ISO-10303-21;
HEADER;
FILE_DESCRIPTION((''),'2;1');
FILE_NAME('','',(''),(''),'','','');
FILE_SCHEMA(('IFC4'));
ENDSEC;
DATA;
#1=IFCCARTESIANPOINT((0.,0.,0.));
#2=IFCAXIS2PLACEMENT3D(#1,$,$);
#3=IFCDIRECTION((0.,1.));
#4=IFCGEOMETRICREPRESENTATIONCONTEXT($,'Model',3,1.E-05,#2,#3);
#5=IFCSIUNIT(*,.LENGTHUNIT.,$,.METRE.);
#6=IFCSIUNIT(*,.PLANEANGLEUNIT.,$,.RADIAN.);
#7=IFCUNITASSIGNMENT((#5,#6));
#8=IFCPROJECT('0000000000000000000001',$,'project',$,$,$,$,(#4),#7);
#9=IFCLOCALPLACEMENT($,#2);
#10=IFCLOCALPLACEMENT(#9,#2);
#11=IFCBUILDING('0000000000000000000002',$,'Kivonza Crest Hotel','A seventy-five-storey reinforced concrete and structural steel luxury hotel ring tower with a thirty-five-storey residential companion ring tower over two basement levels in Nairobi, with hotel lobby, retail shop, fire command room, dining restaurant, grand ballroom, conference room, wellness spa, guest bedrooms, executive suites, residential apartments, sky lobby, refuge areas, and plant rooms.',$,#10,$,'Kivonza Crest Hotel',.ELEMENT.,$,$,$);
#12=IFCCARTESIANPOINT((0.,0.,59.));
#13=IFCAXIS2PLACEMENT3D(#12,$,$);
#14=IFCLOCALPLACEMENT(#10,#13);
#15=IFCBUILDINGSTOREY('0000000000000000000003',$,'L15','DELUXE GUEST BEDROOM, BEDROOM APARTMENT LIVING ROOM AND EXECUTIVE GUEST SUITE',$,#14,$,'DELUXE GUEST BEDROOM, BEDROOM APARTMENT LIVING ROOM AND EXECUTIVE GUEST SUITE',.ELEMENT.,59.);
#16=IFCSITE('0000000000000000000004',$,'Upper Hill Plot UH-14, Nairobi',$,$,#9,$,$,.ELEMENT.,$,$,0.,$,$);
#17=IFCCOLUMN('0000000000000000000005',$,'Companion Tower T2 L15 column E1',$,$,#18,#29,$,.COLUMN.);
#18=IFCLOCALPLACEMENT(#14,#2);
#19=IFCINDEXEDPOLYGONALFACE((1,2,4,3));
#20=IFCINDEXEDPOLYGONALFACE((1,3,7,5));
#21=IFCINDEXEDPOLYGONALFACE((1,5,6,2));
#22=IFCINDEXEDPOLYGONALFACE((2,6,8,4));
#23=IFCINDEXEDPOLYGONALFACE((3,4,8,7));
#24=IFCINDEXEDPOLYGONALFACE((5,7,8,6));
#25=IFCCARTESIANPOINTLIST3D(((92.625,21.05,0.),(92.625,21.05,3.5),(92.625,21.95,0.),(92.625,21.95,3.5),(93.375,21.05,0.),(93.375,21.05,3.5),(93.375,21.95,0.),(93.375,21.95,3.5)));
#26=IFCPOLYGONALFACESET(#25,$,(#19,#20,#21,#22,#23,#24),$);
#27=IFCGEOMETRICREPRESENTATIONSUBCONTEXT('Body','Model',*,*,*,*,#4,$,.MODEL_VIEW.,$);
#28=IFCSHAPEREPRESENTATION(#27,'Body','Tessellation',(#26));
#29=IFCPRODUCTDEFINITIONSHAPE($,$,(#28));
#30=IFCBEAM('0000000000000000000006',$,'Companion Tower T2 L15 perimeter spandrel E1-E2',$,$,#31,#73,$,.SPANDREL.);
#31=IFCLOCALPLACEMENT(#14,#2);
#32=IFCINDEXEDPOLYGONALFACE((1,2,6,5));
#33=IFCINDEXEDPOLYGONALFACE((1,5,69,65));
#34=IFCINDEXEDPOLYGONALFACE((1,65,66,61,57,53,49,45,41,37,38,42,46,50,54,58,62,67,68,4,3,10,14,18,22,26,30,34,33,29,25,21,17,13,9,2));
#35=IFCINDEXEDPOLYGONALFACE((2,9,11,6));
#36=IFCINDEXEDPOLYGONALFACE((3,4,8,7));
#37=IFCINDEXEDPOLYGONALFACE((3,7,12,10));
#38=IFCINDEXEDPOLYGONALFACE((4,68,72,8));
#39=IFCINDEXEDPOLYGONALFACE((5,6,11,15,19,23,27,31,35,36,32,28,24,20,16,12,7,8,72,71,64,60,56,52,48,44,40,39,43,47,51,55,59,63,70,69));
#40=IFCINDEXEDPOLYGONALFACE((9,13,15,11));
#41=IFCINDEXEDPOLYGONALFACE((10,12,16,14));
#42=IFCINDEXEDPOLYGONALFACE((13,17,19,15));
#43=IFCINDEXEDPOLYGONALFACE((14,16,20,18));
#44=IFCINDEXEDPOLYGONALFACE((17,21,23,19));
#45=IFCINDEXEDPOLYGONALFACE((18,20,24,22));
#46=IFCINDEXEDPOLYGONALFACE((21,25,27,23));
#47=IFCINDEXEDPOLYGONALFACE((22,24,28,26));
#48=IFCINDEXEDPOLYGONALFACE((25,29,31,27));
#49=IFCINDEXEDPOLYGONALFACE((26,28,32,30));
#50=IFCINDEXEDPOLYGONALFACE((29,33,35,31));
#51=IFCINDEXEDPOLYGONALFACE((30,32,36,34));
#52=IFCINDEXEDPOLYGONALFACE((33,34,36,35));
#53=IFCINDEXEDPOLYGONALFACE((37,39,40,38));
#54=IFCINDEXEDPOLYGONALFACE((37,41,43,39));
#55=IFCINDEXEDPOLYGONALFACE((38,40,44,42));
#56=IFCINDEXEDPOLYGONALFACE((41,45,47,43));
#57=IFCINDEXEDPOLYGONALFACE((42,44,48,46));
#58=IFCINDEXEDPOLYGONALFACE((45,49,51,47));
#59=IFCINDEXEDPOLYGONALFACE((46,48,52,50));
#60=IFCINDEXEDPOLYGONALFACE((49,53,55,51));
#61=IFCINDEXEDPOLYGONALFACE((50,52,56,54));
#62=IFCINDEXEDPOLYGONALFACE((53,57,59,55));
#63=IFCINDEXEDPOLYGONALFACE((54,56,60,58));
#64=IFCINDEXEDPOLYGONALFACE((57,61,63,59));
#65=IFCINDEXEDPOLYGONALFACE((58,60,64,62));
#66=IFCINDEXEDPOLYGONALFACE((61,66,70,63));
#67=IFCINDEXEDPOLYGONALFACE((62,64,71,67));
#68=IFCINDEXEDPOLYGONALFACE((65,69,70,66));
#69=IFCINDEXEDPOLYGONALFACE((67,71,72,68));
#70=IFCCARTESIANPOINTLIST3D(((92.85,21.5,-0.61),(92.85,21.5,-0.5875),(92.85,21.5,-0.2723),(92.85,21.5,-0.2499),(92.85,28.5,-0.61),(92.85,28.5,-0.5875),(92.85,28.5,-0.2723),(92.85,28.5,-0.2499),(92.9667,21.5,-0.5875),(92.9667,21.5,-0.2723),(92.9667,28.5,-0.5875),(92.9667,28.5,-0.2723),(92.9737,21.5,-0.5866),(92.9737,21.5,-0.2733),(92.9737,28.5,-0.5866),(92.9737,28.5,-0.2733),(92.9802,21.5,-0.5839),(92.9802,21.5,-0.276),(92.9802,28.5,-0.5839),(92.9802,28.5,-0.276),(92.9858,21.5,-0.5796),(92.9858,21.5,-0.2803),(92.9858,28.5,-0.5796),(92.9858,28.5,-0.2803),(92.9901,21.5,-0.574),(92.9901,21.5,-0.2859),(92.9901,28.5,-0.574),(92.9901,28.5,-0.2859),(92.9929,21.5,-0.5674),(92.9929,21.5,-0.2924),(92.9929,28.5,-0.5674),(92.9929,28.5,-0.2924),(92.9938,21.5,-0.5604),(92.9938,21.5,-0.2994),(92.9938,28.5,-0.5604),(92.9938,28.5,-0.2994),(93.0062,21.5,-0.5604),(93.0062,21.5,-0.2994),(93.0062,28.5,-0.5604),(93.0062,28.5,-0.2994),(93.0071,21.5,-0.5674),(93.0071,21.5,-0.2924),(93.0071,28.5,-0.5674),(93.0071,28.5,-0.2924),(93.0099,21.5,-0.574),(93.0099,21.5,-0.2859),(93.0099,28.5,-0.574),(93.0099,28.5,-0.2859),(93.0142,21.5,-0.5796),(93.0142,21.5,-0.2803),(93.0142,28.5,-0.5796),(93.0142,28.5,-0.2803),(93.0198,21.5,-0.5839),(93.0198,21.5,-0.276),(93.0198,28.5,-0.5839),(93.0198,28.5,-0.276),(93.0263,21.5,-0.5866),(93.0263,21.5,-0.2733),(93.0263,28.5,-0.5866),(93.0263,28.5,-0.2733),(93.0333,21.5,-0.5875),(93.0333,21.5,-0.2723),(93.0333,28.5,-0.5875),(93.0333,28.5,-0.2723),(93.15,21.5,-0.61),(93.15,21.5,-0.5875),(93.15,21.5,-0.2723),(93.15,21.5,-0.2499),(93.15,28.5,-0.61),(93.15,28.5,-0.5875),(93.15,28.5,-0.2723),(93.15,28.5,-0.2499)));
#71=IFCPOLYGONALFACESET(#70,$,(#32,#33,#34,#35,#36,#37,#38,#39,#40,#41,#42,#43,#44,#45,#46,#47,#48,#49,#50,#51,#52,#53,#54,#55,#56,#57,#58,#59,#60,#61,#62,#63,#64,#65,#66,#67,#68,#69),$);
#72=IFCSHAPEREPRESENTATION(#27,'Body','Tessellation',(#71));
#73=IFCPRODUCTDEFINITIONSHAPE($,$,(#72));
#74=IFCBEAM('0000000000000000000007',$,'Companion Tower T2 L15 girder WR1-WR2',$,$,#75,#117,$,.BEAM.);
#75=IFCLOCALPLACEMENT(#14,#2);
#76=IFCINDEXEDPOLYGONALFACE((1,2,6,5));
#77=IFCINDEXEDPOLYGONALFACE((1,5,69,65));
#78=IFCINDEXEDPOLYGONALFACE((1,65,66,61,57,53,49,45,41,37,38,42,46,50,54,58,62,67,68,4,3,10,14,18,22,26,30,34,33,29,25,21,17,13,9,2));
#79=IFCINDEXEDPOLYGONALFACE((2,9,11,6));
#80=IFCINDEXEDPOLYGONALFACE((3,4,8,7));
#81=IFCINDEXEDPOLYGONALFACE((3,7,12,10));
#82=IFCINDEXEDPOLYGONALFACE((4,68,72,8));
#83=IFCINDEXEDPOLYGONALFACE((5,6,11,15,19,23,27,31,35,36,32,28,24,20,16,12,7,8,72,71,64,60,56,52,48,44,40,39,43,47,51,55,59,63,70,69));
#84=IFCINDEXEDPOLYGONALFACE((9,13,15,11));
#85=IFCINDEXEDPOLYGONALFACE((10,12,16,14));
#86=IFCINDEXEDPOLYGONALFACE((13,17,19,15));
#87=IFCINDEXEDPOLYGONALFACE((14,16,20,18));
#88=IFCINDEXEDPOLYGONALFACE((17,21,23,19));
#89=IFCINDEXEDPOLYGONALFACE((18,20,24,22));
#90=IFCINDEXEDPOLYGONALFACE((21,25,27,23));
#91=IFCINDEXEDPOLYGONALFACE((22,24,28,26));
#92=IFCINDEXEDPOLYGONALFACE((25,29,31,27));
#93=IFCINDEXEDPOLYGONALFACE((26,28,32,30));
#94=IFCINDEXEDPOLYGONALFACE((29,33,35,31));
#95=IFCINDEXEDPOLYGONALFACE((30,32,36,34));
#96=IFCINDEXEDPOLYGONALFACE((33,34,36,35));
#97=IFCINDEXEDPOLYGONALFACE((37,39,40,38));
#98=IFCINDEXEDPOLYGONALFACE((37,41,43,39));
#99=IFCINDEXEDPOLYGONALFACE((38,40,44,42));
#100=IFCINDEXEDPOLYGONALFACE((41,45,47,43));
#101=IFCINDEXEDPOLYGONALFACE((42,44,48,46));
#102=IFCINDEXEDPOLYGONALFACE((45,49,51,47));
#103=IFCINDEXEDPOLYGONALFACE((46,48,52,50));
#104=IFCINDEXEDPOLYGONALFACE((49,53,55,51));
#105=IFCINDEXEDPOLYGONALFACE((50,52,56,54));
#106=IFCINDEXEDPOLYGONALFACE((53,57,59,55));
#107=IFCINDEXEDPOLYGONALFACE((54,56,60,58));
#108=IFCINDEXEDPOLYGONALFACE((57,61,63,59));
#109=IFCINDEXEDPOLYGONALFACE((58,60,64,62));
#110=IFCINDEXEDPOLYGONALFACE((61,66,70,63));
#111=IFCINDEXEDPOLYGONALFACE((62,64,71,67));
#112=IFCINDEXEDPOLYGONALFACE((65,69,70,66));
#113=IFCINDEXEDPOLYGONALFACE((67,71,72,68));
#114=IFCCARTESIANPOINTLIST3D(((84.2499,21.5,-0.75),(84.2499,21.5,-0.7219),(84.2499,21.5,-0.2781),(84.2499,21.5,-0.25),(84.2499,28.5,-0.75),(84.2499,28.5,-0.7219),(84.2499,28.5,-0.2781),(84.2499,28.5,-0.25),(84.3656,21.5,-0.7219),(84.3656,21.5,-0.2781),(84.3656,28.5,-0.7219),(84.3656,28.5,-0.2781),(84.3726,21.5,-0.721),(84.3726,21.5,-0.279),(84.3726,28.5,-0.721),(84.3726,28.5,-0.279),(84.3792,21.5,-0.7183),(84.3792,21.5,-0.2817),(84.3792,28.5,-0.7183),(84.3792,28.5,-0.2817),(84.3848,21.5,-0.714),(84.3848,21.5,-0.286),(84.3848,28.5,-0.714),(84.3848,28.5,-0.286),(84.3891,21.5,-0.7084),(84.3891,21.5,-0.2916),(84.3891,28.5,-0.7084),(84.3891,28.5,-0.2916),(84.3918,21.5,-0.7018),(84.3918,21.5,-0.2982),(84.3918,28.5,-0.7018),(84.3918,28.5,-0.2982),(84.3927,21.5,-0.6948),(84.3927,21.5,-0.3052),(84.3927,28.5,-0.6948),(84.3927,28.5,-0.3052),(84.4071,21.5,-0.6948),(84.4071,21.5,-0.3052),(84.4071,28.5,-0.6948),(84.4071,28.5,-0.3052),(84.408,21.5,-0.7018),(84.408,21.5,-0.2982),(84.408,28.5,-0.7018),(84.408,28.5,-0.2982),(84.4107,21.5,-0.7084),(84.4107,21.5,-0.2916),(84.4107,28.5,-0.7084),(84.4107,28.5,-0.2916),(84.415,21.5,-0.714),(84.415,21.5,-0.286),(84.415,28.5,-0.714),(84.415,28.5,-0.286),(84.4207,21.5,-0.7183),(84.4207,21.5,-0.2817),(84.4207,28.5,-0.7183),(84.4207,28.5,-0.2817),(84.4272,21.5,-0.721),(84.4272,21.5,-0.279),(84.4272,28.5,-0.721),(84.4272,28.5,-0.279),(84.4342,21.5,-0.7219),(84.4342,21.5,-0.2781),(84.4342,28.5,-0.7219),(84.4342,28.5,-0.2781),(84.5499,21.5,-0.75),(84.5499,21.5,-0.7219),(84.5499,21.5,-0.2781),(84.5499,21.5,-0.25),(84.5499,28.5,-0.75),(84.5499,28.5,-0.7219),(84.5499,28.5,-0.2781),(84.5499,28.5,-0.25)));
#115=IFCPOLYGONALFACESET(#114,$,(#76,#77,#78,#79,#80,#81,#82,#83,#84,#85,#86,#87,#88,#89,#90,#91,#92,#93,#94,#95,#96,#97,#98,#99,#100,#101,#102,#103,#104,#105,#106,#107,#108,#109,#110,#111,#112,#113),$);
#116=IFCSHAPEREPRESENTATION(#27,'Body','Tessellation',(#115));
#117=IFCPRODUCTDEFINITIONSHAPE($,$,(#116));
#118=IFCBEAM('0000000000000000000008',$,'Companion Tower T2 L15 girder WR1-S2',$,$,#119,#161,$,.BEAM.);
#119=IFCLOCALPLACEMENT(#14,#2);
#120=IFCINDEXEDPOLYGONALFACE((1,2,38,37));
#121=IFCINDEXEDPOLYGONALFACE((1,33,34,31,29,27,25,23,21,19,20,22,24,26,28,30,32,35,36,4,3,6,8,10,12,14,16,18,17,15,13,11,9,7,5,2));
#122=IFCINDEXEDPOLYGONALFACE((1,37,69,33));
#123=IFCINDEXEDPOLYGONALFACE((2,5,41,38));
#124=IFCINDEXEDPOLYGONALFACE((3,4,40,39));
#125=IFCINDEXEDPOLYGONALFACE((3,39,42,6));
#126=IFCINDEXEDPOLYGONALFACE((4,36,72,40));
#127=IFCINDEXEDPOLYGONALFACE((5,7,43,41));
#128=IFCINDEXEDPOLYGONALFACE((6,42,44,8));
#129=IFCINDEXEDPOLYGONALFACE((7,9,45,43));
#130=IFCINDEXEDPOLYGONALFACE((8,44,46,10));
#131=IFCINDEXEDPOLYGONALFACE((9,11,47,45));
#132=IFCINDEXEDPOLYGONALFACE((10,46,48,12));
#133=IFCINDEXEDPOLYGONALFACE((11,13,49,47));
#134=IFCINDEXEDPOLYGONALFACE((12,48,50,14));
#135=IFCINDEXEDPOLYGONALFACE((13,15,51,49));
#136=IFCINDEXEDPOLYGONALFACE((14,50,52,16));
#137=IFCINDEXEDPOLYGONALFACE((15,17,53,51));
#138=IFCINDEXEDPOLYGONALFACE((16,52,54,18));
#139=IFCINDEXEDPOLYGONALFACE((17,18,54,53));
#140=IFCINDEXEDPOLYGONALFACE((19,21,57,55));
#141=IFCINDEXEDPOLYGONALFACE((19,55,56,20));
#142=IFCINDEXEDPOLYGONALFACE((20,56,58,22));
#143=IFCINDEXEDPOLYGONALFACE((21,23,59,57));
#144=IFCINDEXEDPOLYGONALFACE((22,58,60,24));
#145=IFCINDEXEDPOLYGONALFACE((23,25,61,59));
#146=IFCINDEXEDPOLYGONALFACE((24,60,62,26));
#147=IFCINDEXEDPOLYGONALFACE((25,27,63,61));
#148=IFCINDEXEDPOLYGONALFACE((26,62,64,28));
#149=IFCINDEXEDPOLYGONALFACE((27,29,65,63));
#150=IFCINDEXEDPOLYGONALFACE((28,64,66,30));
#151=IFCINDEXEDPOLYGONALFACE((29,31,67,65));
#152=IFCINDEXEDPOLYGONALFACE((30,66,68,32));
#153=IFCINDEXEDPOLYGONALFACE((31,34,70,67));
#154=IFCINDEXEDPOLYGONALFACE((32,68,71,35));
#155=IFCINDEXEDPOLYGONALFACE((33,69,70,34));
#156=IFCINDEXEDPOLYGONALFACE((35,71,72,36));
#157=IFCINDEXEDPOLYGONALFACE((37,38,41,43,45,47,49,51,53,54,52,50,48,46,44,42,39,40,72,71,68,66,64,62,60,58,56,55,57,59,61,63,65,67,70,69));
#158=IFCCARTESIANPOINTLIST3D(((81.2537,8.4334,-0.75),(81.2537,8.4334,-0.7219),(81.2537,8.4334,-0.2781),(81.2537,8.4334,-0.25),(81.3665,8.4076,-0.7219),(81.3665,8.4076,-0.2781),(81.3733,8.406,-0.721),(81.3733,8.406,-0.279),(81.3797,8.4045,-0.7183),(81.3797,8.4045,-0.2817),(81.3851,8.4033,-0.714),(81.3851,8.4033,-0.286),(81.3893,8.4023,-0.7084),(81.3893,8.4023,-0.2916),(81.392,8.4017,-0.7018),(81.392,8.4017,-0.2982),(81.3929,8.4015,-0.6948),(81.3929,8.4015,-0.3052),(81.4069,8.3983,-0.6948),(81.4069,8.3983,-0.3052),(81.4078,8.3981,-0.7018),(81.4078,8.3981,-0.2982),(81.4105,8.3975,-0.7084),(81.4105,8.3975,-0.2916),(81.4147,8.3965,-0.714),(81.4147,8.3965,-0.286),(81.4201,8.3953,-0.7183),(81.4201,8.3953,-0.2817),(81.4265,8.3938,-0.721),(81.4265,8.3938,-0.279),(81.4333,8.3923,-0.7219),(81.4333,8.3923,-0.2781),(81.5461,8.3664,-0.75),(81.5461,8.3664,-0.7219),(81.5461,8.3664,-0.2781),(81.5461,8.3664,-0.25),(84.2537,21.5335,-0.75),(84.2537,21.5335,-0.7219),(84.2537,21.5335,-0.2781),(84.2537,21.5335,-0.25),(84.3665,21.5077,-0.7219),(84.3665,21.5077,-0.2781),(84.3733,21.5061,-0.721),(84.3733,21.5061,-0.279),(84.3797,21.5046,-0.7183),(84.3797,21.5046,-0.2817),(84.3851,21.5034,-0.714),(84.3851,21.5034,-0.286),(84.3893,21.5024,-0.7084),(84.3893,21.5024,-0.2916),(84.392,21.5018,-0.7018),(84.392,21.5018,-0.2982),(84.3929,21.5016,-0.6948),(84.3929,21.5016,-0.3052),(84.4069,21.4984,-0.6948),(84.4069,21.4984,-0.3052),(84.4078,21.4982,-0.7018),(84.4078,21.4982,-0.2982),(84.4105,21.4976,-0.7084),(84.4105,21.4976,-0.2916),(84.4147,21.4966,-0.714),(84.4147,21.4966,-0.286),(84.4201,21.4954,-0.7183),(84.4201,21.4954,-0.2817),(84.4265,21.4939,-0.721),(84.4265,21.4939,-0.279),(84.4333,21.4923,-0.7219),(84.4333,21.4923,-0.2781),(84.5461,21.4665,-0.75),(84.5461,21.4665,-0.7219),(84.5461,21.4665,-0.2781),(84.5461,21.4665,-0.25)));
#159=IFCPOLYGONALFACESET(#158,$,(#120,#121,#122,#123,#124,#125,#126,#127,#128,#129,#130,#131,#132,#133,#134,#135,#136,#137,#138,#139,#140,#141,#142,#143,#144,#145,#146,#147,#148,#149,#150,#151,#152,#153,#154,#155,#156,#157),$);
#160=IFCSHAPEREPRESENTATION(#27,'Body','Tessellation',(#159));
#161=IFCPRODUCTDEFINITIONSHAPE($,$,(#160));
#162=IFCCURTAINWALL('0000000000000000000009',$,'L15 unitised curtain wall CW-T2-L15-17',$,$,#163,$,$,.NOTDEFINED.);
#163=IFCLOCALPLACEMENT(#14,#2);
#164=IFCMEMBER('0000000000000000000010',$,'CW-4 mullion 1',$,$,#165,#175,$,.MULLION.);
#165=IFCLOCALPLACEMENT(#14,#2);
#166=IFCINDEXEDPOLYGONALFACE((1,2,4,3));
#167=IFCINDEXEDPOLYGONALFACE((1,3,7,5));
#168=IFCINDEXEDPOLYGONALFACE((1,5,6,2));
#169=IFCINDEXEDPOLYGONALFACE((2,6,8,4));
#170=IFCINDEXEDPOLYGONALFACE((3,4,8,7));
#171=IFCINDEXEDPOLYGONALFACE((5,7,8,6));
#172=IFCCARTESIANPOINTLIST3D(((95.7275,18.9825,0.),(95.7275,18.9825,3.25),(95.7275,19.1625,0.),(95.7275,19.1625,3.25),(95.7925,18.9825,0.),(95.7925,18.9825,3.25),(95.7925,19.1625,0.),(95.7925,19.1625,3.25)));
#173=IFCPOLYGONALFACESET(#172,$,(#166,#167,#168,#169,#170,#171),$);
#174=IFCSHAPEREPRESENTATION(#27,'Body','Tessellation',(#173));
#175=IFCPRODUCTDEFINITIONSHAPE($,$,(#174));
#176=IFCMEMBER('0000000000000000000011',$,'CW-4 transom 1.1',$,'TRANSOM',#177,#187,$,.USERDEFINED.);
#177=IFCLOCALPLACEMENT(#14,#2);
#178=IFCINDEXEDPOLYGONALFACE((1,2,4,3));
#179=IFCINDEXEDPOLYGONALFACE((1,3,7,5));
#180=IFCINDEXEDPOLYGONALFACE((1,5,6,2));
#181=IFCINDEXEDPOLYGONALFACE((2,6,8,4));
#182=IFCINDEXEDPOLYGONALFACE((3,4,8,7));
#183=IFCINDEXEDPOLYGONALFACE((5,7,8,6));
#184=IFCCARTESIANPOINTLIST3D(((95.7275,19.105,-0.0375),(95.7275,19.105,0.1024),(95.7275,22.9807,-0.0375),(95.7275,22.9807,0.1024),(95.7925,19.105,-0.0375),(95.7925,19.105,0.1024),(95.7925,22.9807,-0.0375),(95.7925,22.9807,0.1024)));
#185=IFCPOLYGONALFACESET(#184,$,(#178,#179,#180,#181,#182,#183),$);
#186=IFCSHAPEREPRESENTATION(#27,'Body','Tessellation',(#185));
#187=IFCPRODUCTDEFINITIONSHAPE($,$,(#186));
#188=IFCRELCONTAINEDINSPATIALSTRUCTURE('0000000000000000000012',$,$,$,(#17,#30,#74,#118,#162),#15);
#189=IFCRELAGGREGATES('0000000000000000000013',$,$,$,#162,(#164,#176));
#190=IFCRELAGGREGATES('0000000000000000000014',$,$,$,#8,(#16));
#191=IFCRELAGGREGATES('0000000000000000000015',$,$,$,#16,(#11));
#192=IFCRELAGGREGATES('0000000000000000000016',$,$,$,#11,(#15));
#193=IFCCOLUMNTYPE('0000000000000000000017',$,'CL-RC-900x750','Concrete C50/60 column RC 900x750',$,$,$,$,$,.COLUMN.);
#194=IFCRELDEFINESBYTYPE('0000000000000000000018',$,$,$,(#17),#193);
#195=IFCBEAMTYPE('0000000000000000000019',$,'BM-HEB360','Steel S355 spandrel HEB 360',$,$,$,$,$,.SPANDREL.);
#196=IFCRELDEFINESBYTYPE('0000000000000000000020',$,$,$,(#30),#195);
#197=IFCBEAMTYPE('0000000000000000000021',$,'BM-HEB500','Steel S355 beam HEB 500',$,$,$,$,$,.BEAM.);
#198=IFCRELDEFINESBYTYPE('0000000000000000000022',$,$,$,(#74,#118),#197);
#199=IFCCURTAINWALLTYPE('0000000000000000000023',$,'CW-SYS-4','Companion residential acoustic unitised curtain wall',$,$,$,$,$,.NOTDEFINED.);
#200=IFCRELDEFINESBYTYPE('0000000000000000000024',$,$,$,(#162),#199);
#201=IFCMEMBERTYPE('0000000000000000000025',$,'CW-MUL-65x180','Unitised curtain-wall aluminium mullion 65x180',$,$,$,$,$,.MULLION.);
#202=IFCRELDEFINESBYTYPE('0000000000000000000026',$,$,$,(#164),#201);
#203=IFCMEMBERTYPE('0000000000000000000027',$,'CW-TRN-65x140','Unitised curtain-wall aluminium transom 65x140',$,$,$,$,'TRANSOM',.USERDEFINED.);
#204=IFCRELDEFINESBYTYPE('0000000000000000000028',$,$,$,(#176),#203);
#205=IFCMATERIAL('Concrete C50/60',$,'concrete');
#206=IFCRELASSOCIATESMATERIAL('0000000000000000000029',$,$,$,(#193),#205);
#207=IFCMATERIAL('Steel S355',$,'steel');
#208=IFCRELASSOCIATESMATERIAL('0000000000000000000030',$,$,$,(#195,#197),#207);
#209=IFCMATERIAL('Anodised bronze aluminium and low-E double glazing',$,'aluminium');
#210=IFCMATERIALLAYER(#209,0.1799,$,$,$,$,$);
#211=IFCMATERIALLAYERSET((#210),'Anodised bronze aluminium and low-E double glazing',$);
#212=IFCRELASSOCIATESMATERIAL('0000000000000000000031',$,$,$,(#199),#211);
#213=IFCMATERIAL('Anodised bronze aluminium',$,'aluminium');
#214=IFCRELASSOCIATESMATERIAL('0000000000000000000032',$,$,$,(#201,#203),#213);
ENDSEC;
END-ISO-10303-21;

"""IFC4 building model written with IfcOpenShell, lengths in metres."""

from ifc_helpers import new_model, si_unit, direction, frame, origin, origin_2d, place, context, subcontext, project, spatial, rectangle, i_section, extrude, material, layer, layer_set, material_profile, profile_set, type_object, element, aggregate, save


model = new_model("IFC4")

# Units and contexts
model_context = context("Model", 3, precision=1e-05, world=origin(), true_north=direction((0.0, 1.0)))
body_context = subcontext(model_context, "Body", "Model", "MODEL_VIEW")
ifc_project = project(units=[si_unit("LENGTHUNIT", "METRE"), si_unit("PLANEANGLEUNIT", "RADIAN")], contexts=[model_context])

# Site, building, storey
site_placement = place(None, origin())
site = spatial("IfcSite", under=ifc_project, at=site_placement, Name="Upper Hill Plot UH-14, Nairobi", CompositionType="ELEMENT", RefElevation=0.0)
building_placement = place(site_placement, origin())
building = spatial("IfcBuilding", under=site, at=building_placement, Name="Kivonza Crest Hotel", Description="A seventy-five-storey reinforced concrete and structural steel luxury hotel ring tower with a thirty-five-storey residential companion ring tower over two basement levels in Nairobi, with hotel lobby, retail shop, fire command room, dining restaurant, grand ballroom, conference room, wellness spa, guest bedrooms, executive suites, residential apartments, sky lobby, refuge areas, and plant rooms.", LongName="Kivonza Crest Hotel", CompositionType="ELEMENT")
storey_placement = place(building_placement, frame((0.0, 0.0, 59.0)))
storey = spatial("IfcBuildingStorey", under=building, at=storey_placement, Name="L15", Description="DELUXE GUEST BEDROOM, BEDROOM APARTMENT LIVING ROOM AND EXECUTIVE GUEST SUITE", LongName="DELUXE GUEST BEDROOM, BEDROOM APARTMENT LIVING ROOM AND EXECUTIVE GUEST SUITE", CompositionType="ELEMENT", Elevation=59.0)

# Column
ifc_material_1 = material(Name="Concrete C50/60", Category="concrete")
ifc_material_profile_1 = material_profile(ifc_material_1, rectangle(XDim=0.75, YDim=0.8999, at=origin_2d()), Name="RC 900x750")
ifc_profile_set_1 = profile_set([ifc_material_profile_1], Name="Concrete C50/60")
column_type = type_object("IfcColumnType", Name="CL-RC-900x750", Description="Concrete C50/60 column RC 900x750", PredefinedType="COLUMN", material=ifc_profile_set_1)
column_placement = place(storey_placement, frame((93.0, 21.5, 0.0), z_axis=(0.0, 0.0, 1.0), x_axis=(1.0, 0.0, 0.0)))
element("IfcColumn", 1, at=column_placement, inside=storey, type_object=column_type, Name="Companion Tower T2 L15 column E1", PredefinedType="COLUMN", context=body_context, shape_type="SweptSolid", body=[
    extrude(rectangle(XDim=0.75, YDim=0.8999, at=origin_2d()), origin(), (0.0, 0.0, 1.0), 3.5),
])

# Beams
ifc_material_2 = material(Name="Steel S355", Category="steel")
ifc_material_profile_2 = material_profile(ifc_material_2, i_section(OverallWidth=0.3, OverallDepth=0.3601, WebThickness=0.0125, FlangeThickness=0.0225, FilletRadius=0.0271, at=origin_2d()), Name="HEB 360")
ifc_profile_set_2 = profile_set([ifc_material_profile_2], Name="Steel S355")
beam_type_1 = type_object("IfcBeamType", Name="BM-HEB360", Description="Steel S355 spandrel HEB 360", PredefinedType="SPANDREL", material=ifc_profile_set_2)
beam_1_placement = place(storey_placement, frame((93.0, 21.5, -0.4299), z_axis=(0.0, 1.0, 0.0), x_axis=(-1.0, 0.0, 0.0)))
element("IfcBeam", 2, at=beam_1_placement, inside=storey, type_object=beam_type_1, Name="Companion Tower T2 L15 perimeter spandrel E1-E2", PredefinedType="SPANDREL", context=body_context, shape_type="SweptSolid", body=[
    extrude(i_section(OverallWidth=0.3, OverallDepth=0.3601, WebThickness=0.0125, FlangeThickness=0.0225, FilletRadius=0.0271, at=origin_2d()), origin(), (0.0, 0.0, 1.0), 7.0),
])
ifc_material_profile_3 = material_profile(ifc_material_2, i_section(OverallWidth=0.3, OverallDepth=0.5, WebThickness=0.0144, FlangeThickness=0.0281, FilletRadius=0.0271, at=origin_2d()), Name="HEB 500")
ifc_profile_set_3 = profile_set([ifc_material_profile_3], Name="Steel S355")
beam_type_2 = type_object("IfcBeamType", Name="BM-HEB500", Description="Steel S355 beam HEB 500", PredefinedType="BEAM", material=ifc_profile_set_3)
beam_2_placement = place(storey_placement, frame((84.3999, 21.5, -0.5), z_axis=(0.0, 1.0, 0.0), x_axis=(-1.0, 0.0, 0.0)))
element("IfcBeam", 3, at=beam_2_placement, inside=storey, type_object=beam_type_2, Name="Companion Tower T2 L15 girder WR1-WR2", PredefinedType="BEAM", context=body_context, shape_type="SweptSolid", body=[
    extrude(i_section(OverallWidth=0.3, OverallDepth=0.5, WebThickness=0.0144, FlangeThickness=0.0281, FilletRadius=0.0271, at=origin_2d()), origin(), (0.0, 0.0, 1.0), 7.0),
])
beam_3_placement = place(storey_placement, frame((84.3999, 21.5, -0.5), z_axis=(-0.223227, -0.974766, 0.0), x_axis=(0.974766, -0.223227, 0.0)))
element("IfcBeam", 4, at=beam_3_placement, inside=storey, type_object=beam_type_2, Name="Companion Tower T2 L15 girder WR1-S2", PredefinedType="BEAM", context=body_context, shape_type="SweptSolid", body=[
    extrude(i_section(OverallWidth=0.3, OverallDepth=0.5, WebThickness=0.0144, FlangeThickness=0.0281, FilletRadius=0.0271, at=origin_2d()), origin(), (0.0, 0.0, 1.0), 13.4392),
])

# Curtain wall, members
ifc_material_3 = material(Name="Anodised bronze aluminium and low-E double glazing", Category="aluminium")
ifc_layer_1 = layer(ifc_material_3, 0.1799)
ifc_layer_set_1 = layer_set([ifc_layer_1], Name="Anodised bronze aluminium and low-E double glazing")
curtain_wall_type = type_object("IfcCurtainWallType", Name="CW-SYS-4", Description="Companion residential acoustic unitised curtain wall", PredefinedType="NOTDEFINED", material=ifc_layer_set_1)
curtain_wall_placement = place(storey_placement, origin())
curtain_wall = element("IfcCurtainWall", 5, at=curtain_wall_placement, inside=storey, type_object=curtain_wall_type, Name="L15 unitised curtain wall CW-T2-L15-17", PredefinedType="NOTDEFINED")
ifc_material_4 = material(Name="Anodised bronze aluminium", Category="aluminium")
ifc_material_profile_4 = material_profile(ifc_material_4, rectangle(XDim=0.0649, YDim=0.1799, at=origin_2d()), Name="CW-M 65x180")
ifc_profile_set_4 = profile_set([ifc_material_profile_4], Name="Anodised bronze aluminium")
member_type_1 = type_object("IfcMemberType", Name="CW-MUL-65x180", Description="Unitised curtain-wall aluminium mullion 65x180", PredefinedType="MULLION", material=ifc_profile_set_4)
member_1_placement = place(storey_placement, frame((95.76, 19.0725, 0.0), z_axis=(0.0, 0.0, 1.0), x_axis=(-1.0, 0.0, 0.0)))
member_1 = element("IfcMember", 6, at=member_1_placement, type_object=member_type_1, Name="CW-4 mullion 1", PredefinedType="MULLION", context=body_context, shape_type="SweptSolid", body=[
    extrude(rectangle(XDim=0.0649, YDim=0.1799, at=origin_2d()), origin(), (0.0, 0.0, 1.0), 3.25),
])
ifc_material_profile_5 = material_profile(ifc_material_4, rectangle(XDim=0.0649, YDim=0.1399, at=origin_2d()), Name="CW-T 65x140")
ifc_profile_set_5 = profile_set([ifc_material_profile_5], Name="Anodised bronze aluminium")
member_type_2 = type_object("IfcMemberType", Name="CW-TRN-65x140", Description="Unitised curtain-wall aluminium transom 65x140", ElementType="TRANSOM", PredefinedType="USERDEFINED", material=ifc_profile_set_5)
member_2_placement = place(storey_placement, frame((95.76, 19.105, 0.0325), z_axis=(0.0, 1.0, 0.0), x_axis=(-1.0, 0.0, 0.0)))
member_2 = element("IfcMember", 7, at=member_2_placement, type_object=member_type_2, Name="CW-4 transom 1.1", ObjectType="TRANSOM", PredefinedType="USERDEFINED", context=body_context, shape_type="SweptSolid", body=[
    extrude(rectangle(XDim=0.0649, YDim=0.1399, at=origin_2d()), origin(), (0.0, 0.0, 1.0), 3.8757),
])
aggregate(curtain_wall, [member_1, member_2])

save(model, "model.ifc")
